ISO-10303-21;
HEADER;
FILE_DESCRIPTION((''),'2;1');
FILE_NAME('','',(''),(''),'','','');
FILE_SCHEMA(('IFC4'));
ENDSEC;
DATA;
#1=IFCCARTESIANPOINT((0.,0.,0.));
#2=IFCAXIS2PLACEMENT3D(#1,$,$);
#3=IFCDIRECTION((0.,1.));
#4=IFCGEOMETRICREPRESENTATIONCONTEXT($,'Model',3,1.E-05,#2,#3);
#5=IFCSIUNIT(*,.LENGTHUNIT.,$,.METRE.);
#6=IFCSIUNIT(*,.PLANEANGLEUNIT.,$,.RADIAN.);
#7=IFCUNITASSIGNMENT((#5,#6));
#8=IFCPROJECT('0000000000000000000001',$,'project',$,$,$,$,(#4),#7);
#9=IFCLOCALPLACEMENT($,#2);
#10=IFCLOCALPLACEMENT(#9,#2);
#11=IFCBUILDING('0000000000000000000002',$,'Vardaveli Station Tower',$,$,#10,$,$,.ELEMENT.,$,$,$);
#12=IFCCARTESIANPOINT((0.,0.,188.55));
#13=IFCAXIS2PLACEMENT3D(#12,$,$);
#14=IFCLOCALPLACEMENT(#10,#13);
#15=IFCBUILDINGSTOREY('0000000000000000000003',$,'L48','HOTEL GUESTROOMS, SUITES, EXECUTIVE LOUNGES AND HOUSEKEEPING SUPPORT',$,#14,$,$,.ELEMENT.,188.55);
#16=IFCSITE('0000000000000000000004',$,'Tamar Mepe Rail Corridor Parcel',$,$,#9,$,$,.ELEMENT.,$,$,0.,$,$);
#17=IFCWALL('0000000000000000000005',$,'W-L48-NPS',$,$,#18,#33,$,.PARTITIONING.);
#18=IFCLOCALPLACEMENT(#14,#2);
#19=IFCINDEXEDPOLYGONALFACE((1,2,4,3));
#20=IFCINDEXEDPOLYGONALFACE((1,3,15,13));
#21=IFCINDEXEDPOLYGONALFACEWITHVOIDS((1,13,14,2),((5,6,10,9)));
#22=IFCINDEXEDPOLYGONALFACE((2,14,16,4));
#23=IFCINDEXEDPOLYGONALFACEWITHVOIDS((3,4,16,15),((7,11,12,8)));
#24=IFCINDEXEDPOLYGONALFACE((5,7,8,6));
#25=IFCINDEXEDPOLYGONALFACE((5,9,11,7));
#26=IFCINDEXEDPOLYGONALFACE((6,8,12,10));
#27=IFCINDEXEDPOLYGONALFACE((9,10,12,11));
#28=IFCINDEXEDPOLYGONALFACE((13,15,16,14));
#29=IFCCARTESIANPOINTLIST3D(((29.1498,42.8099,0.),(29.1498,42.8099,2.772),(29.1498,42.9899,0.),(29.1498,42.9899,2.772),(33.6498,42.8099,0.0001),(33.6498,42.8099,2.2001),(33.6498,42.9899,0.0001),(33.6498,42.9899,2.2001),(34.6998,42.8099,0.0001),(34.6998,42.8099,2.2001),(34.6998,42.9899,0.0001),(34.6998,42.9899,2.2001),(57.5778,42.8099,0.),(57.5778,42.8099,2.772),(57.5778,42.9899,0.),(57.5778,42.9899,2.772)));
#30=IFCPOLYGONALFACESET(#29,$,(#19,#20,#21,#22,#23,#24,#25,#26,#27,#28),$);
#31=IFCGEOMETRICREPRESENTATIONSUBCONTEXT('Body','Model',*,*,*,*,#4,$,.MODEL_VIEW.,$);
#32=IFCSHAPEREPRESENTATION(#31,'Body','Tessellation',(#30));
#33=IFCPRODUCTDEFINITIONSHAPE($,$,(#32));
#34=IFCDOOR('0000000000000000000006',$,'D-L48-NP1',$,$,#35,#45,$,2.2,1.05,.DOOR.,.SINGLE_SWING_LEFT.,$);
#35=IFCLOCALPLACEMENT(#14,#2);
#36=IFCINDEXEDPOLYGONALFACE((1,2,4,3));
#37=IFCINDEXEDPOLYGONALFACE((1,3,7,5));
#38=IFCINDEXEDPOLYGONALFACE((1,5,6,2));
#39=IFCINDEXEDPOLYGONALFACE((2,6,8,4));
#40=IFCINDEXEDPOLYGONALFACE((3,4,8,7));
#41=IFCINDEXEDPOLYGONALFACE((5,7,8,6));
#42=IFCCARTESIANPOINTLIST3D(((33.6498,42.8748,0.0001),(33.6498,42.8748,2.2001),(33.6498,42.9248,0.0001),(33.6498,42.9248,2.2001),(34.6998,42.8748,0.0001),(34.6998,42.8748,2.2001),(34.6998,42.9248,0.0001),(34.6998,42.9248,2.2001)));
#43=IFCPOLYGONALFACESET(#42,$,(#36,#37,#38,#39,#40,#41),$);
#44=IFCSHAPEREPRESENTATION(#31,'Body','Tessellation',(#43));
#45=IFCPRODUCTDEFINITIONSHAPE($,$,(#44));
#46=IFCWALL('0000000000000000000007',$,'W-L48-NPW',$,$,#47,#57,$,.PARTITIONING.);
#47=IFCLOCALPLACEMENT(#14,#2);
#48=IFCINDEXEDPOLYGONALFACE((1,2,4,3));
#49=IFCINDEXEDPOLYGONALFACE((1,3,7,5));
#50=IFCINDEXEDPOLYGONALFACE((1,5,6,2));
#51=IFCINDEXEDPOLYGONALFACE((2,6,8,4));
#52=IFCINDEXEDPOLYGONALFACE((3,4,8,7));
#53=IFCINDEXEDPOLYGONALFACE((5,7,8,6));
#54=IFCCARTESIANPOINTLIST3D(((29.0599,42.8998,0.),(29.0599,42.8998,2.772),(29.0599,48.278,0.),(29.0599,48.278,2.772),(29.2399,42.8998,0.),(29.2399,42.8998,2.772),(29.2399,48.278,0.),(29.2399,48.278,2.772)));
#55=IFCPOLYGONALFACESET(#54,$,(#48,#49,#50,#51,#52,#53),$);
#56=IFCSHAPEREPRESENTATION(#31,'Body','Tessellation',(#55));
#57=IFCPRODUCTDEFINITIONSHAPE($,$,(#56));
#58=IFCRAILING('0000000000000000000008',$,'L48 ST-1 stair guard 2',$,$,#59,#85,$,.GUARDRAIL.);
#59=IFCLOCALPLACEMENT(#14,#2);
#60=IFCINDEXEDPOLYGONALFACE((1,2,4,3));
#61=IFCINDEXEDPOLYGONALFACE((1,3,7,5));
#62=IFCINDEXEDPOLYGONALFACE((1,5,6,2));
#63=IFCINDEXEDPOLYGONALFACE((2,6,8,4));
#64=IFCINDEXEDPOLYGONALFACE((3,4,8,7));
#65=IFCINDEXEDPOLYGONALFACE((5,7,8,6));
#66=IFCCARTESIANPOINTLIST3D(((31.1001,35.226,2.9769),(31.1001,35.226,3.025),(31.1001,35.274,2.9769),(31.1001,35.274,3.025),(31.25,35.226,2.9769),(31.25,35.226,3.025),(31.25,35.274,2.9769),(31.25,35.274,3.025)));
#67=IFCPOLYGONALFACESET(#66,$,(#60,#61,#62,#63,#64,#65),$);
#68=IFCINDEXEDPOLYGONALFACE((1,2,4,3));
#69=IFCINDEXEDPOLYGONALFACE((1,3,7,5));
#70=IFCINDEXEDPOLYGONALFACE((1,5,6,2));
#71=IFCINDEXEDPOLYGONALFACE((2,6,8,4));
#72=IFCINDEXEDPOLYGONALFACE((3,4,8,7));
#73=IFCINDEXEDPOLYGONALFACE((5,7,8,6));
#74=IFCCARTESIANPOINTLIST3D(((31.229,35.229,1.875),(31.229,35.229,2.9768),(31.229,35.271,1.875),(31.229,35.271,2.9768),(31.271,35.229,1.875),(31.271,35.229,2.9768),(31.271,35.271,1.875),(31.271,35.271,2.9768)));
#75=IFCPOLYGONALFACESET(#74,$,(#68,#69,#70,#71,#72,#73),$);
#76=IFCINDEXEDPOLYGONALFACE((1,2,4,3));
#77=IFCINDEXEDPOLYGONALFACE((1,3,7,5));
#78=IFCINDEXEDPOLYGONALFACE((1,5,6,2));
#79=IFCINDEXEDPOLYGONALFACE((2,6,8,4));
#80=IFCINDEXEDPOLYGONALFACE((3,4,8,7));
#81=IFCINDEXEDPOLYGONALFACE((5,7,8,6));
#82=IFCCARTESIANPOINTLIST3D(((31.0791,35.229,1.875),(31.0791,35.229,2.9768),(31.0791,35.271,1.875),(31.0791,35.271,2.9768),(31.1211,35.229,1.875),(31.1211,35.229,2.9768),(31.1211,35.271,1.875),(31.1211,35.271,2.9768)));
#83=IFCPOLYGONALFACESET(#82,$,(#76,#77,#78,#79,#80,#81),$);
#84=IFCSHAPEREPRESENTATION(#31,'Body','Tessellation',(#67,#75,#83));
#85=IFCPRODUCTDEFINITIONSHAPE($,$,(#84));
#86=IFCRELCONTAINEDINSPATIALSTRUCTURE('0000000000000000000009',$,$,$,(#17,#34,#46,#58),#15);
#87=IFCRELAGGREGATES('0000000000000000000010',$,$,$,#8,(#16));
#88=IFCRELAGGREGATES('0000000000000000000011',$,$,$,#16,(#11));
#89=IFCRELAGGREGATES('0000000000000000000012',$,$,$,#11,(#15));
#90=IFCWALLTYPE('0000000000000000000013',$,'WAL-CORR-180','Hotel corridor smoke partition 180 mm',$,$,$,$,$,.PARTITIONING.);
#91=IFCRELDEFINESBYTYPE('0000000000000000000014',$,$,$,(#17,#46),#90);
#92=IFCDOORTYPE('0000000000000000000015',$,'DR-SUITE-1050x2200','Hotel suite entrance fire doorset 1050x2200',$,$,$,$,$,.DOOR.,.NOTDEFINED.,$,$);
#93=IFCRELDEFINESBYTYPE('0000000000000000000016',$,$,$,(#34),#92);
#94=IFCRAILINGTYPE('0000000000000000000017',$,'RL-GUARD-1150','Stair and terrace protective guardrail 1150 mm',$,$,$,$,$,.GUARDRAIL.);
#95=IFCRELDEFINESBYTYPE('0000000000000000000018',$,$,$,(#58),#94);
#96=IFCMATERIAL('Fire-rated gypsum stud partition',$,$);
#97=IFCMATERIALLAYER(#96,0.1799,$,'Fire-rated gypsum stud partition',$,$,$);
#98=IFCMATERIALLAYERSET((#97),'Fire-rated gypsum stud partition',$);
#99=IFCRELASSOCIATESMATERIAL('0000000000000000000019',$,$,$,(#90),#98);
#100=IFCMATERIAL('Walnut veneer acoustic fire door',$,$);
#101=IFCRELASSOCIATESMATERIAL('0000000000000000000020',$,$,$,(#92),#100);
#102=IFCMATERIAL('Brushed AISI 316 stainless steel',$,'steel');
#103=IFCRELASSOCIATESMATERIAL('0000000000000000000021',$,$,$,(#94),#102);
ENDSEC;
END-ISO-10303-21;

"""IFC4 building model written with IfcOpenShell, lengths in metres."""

from ifc_helpers import new_model, si_unit, direction, frame, frame_2d, origin, origin_2d, place, context, subcontext, project, spatial, rectangle, extrude, source, transform, mapped, material, layer, layer_set, type_object, element, fill, save


model = new_model("IFC4")

# Units and contexts
model_context = context("Model", 3, precision=1e-05, world=origin(), true_north=direction((0.0, 1.0)))
body_context = subcontext(model_context, "Body", "Model", "MODEL_VIEW")
ifc_project = project(units=[si_unit("LENGTHUNIT", "METRE"), si_unit("PLANEANGLEUNIT", "RADIAN")], contexts=[model_context])

# Site, building, storey
site_placement = place(None, origin())
site = spatial("IfcSite", under=ifc_project, at=site_placement, Name="Tamar Mepe Rail Corridor Parcel", CompositionType="ELEMENT", RefElevation=0.0)
building_placement = place(site_placement, origin())
building = spatial("IfcBuilding", under=site, at=building_placement, Name="Vardaveli Station Tower", CompositionType="ELEMENT")
storey_placement = place(building_placement, frame((0.0, 0.0, 188.55)))
storey = spatial("IfcBuildingStorey", under=building, at=storey_placement, Name="L48", Description="HOTEL GUESTROOMS, SUITES, EXECUTIVE LOUNGES AND HOUSEKEEPING SUPPORT", CompositionType="ELEMENT", Elevation=188.55)

# Wall, opening, door
ifc_material_1 = material(Name="Fire-rated gypsum stud partition")
ifc_layer_1 = layer(ifc_material_1, 0.1799, Name="Fire-rated gypsum stud partition")
ifc_layer_set_1 = layer_set([ifc_layer_1], Name="Fire-rated gypsum stud partition")
wall_type_1 = type_object("IfcWallType", Name="WAL-CORR-180", Description="Hotel corridor smoke partition 180 mm", PredefinedType="PARTITIONING", material=ifc_layer_set_1)
shared_shape_1 = source(origin(), body_context, "Body", "SweptSolid", [
    extrude(rectangle(XDim=28.428, YDim=0.1799, at=frame_2d((14.2139, 0.0))), origin(), (0.0, 0.0, 1.0), 2.772),
])
wall_1_placement = place(storey_placement, frame((29.1499, 42.8999, 0.0), z_axis=(0.0, 0.0, 1.0), x_axis=(1.0, 0.0, 0.0)))
wall_1 = element("IfcWall", 1, at=wall_1_placement, inside=storey, type_object=wall_type_1, Name="W-L48-NPS", PredefinedType="PARTITIONING", context=body_context, shape_type="MappedRepresentation", body=[
    mapped(shared_shape_1, transform((0.0, 0.0, 0.0), scale=1.0)),
])
shared_shape_2 = source(origin(), body_context, "Body", "SweptSolid", [
    extrude(rectangle(XDim=1.05, YDim=2.2, at=frame_2d((0.5249, 1.1001))), frame((0.0, 0.1001, 0.0), z_axis=(0.0, -1.0, 0.0), x_axis=(1.0, 0.0, 0.0)), (0.0, 0.0, 1.0), 0.2),
])
opening_1_placement = place(wall_1_placement, frame((4.5, 0.0, 0.0)))
opening_1 = element("IfcOpeningElement", 2, at=opening_1_placement, cuts=wall_1, PredefinedType="OPENING", context=body_context, shape_type="MappedRepresentation", body=[
    mapped(shared_shape_2, transform((0.0, 0.0, 0.0), scale=1.0)),
])
ifc_material_2 = material(Name="Walnut veneer acoustic fire door")
door_type_1 = type_object("IfcDoorType", Name="DR-SUITE-1050x2200", Description="Hotel suite entrance fire doorset 1050x2200", OperationType="NOTDEFINED", PredefinedType="DOOR", material=ifc_material_2)
shared_shape_3 = source(origin(), body_context, "Body", "SweptSolid", [
    extrude(rectangle(XDim=1.05, YDim=2.2, at=frame_2d((0.5249, 1.1001))), frame((0.0, 0.0249, 0.0), z_axis=(0.0, -1.0, 0.0), x_axis=(1.0, 0.0, 0.0)), (0.0, 0.0, 1.0), 0.05),
])
door_1_placement = place(opening_1_placement, origin())
door_1 = element("IfcDoor", 3, at=door_1_placement, inside=storey, type_object=door_type_1, Name="D-L48-NP1", OperationType="SINGLE_SWING_LEFT", OverallHeight=2.2, OverallWidth=1.05, PredefinedType="DOOR", context=body_context, shape_type="MappedRepresentation", body=[
    mapped(shared_shape_3, transform((0.0, 0.0, 0.0), scale=1.0)),
])
fill(opening_1, door_1)

# Wall
shared_shape_4 = source(origin(), body_context, "Body", "SweptSolid", [
    extrude(rectangle(XDim=5.3782, YDim=0.1799, at=frame_2d((2.689, 0.0))), origin(), (0.0, 0.0, 1.0), 2.772),
])
wall_2_placement = place(storey_placement, frame((29.1499, 42.8999, 0.0), z_axis=(0.0, 0.0, 1.0), x_axis=(0.0, 1.0, 0.0)))
element("IfcWall", 4, at=wall_2_placement, inside=storey, type_object=wall_type_1, Name="W-L48-NPW", PredefinedType="PARTITIONING", context=body_context, shape_type="MappedRepresentation", body=[
    mapped(shared_shape_4, transform((0.0, 0.0, 0.0), scale=1.0)),
])

# Railing
ifc_material_3 = material(Name="Brushed AISI 316 stainless steel", Category="steel")
railing_type = type_object("IfcRailingType", Name="RL-GUARD-1150", Description="Stair and terrace protective guardrail 1150 mm", PredefinedType="GUARDRAIL", material=ifc_material_3)
shared_shape_5 = source(origin(), body_context, "Body", "SweptSolid", [
    extrude(rectangle(XDim=0.0481, YDim=0.0481, at=origin_2d()), frame((0.0, 0.0, 1.126), z_axis=(-1.0, 0.0, 0.0), x_axis=(0.0, -1.0, 0.0)), (0.0, 0.0, 1.0), 0.1499),
    extrude(rectangle(XDim=0.042, YDim=0.042, at=origin_2d()), origin(), (0.0, 0.0, 1.0), 1.1018),
    extrude(rectangle(XDim=0.042, YDim=0.042, at=origin_2d()), frame((-0.1499, 0.0, 0.0)), (0.0, 0.0, 1.0), 1.1018),
])
railing_placement = place(storey_placement, frame((31.25, 35.25, 1.875)))
element("IfcRailing", 5, at=railing_placement, inside=storey, type_object=railing_type, Name="L48 ST-1 stair guard 2", PredefinedType="GUARDRAIL", context=body_context, shape_type="MappedRepresentation", body=[
    mapped(shared_shape_5, transform((0.0, 0.0, 0.0), scale=1.0)),
])

save(model, "model.ifc")
